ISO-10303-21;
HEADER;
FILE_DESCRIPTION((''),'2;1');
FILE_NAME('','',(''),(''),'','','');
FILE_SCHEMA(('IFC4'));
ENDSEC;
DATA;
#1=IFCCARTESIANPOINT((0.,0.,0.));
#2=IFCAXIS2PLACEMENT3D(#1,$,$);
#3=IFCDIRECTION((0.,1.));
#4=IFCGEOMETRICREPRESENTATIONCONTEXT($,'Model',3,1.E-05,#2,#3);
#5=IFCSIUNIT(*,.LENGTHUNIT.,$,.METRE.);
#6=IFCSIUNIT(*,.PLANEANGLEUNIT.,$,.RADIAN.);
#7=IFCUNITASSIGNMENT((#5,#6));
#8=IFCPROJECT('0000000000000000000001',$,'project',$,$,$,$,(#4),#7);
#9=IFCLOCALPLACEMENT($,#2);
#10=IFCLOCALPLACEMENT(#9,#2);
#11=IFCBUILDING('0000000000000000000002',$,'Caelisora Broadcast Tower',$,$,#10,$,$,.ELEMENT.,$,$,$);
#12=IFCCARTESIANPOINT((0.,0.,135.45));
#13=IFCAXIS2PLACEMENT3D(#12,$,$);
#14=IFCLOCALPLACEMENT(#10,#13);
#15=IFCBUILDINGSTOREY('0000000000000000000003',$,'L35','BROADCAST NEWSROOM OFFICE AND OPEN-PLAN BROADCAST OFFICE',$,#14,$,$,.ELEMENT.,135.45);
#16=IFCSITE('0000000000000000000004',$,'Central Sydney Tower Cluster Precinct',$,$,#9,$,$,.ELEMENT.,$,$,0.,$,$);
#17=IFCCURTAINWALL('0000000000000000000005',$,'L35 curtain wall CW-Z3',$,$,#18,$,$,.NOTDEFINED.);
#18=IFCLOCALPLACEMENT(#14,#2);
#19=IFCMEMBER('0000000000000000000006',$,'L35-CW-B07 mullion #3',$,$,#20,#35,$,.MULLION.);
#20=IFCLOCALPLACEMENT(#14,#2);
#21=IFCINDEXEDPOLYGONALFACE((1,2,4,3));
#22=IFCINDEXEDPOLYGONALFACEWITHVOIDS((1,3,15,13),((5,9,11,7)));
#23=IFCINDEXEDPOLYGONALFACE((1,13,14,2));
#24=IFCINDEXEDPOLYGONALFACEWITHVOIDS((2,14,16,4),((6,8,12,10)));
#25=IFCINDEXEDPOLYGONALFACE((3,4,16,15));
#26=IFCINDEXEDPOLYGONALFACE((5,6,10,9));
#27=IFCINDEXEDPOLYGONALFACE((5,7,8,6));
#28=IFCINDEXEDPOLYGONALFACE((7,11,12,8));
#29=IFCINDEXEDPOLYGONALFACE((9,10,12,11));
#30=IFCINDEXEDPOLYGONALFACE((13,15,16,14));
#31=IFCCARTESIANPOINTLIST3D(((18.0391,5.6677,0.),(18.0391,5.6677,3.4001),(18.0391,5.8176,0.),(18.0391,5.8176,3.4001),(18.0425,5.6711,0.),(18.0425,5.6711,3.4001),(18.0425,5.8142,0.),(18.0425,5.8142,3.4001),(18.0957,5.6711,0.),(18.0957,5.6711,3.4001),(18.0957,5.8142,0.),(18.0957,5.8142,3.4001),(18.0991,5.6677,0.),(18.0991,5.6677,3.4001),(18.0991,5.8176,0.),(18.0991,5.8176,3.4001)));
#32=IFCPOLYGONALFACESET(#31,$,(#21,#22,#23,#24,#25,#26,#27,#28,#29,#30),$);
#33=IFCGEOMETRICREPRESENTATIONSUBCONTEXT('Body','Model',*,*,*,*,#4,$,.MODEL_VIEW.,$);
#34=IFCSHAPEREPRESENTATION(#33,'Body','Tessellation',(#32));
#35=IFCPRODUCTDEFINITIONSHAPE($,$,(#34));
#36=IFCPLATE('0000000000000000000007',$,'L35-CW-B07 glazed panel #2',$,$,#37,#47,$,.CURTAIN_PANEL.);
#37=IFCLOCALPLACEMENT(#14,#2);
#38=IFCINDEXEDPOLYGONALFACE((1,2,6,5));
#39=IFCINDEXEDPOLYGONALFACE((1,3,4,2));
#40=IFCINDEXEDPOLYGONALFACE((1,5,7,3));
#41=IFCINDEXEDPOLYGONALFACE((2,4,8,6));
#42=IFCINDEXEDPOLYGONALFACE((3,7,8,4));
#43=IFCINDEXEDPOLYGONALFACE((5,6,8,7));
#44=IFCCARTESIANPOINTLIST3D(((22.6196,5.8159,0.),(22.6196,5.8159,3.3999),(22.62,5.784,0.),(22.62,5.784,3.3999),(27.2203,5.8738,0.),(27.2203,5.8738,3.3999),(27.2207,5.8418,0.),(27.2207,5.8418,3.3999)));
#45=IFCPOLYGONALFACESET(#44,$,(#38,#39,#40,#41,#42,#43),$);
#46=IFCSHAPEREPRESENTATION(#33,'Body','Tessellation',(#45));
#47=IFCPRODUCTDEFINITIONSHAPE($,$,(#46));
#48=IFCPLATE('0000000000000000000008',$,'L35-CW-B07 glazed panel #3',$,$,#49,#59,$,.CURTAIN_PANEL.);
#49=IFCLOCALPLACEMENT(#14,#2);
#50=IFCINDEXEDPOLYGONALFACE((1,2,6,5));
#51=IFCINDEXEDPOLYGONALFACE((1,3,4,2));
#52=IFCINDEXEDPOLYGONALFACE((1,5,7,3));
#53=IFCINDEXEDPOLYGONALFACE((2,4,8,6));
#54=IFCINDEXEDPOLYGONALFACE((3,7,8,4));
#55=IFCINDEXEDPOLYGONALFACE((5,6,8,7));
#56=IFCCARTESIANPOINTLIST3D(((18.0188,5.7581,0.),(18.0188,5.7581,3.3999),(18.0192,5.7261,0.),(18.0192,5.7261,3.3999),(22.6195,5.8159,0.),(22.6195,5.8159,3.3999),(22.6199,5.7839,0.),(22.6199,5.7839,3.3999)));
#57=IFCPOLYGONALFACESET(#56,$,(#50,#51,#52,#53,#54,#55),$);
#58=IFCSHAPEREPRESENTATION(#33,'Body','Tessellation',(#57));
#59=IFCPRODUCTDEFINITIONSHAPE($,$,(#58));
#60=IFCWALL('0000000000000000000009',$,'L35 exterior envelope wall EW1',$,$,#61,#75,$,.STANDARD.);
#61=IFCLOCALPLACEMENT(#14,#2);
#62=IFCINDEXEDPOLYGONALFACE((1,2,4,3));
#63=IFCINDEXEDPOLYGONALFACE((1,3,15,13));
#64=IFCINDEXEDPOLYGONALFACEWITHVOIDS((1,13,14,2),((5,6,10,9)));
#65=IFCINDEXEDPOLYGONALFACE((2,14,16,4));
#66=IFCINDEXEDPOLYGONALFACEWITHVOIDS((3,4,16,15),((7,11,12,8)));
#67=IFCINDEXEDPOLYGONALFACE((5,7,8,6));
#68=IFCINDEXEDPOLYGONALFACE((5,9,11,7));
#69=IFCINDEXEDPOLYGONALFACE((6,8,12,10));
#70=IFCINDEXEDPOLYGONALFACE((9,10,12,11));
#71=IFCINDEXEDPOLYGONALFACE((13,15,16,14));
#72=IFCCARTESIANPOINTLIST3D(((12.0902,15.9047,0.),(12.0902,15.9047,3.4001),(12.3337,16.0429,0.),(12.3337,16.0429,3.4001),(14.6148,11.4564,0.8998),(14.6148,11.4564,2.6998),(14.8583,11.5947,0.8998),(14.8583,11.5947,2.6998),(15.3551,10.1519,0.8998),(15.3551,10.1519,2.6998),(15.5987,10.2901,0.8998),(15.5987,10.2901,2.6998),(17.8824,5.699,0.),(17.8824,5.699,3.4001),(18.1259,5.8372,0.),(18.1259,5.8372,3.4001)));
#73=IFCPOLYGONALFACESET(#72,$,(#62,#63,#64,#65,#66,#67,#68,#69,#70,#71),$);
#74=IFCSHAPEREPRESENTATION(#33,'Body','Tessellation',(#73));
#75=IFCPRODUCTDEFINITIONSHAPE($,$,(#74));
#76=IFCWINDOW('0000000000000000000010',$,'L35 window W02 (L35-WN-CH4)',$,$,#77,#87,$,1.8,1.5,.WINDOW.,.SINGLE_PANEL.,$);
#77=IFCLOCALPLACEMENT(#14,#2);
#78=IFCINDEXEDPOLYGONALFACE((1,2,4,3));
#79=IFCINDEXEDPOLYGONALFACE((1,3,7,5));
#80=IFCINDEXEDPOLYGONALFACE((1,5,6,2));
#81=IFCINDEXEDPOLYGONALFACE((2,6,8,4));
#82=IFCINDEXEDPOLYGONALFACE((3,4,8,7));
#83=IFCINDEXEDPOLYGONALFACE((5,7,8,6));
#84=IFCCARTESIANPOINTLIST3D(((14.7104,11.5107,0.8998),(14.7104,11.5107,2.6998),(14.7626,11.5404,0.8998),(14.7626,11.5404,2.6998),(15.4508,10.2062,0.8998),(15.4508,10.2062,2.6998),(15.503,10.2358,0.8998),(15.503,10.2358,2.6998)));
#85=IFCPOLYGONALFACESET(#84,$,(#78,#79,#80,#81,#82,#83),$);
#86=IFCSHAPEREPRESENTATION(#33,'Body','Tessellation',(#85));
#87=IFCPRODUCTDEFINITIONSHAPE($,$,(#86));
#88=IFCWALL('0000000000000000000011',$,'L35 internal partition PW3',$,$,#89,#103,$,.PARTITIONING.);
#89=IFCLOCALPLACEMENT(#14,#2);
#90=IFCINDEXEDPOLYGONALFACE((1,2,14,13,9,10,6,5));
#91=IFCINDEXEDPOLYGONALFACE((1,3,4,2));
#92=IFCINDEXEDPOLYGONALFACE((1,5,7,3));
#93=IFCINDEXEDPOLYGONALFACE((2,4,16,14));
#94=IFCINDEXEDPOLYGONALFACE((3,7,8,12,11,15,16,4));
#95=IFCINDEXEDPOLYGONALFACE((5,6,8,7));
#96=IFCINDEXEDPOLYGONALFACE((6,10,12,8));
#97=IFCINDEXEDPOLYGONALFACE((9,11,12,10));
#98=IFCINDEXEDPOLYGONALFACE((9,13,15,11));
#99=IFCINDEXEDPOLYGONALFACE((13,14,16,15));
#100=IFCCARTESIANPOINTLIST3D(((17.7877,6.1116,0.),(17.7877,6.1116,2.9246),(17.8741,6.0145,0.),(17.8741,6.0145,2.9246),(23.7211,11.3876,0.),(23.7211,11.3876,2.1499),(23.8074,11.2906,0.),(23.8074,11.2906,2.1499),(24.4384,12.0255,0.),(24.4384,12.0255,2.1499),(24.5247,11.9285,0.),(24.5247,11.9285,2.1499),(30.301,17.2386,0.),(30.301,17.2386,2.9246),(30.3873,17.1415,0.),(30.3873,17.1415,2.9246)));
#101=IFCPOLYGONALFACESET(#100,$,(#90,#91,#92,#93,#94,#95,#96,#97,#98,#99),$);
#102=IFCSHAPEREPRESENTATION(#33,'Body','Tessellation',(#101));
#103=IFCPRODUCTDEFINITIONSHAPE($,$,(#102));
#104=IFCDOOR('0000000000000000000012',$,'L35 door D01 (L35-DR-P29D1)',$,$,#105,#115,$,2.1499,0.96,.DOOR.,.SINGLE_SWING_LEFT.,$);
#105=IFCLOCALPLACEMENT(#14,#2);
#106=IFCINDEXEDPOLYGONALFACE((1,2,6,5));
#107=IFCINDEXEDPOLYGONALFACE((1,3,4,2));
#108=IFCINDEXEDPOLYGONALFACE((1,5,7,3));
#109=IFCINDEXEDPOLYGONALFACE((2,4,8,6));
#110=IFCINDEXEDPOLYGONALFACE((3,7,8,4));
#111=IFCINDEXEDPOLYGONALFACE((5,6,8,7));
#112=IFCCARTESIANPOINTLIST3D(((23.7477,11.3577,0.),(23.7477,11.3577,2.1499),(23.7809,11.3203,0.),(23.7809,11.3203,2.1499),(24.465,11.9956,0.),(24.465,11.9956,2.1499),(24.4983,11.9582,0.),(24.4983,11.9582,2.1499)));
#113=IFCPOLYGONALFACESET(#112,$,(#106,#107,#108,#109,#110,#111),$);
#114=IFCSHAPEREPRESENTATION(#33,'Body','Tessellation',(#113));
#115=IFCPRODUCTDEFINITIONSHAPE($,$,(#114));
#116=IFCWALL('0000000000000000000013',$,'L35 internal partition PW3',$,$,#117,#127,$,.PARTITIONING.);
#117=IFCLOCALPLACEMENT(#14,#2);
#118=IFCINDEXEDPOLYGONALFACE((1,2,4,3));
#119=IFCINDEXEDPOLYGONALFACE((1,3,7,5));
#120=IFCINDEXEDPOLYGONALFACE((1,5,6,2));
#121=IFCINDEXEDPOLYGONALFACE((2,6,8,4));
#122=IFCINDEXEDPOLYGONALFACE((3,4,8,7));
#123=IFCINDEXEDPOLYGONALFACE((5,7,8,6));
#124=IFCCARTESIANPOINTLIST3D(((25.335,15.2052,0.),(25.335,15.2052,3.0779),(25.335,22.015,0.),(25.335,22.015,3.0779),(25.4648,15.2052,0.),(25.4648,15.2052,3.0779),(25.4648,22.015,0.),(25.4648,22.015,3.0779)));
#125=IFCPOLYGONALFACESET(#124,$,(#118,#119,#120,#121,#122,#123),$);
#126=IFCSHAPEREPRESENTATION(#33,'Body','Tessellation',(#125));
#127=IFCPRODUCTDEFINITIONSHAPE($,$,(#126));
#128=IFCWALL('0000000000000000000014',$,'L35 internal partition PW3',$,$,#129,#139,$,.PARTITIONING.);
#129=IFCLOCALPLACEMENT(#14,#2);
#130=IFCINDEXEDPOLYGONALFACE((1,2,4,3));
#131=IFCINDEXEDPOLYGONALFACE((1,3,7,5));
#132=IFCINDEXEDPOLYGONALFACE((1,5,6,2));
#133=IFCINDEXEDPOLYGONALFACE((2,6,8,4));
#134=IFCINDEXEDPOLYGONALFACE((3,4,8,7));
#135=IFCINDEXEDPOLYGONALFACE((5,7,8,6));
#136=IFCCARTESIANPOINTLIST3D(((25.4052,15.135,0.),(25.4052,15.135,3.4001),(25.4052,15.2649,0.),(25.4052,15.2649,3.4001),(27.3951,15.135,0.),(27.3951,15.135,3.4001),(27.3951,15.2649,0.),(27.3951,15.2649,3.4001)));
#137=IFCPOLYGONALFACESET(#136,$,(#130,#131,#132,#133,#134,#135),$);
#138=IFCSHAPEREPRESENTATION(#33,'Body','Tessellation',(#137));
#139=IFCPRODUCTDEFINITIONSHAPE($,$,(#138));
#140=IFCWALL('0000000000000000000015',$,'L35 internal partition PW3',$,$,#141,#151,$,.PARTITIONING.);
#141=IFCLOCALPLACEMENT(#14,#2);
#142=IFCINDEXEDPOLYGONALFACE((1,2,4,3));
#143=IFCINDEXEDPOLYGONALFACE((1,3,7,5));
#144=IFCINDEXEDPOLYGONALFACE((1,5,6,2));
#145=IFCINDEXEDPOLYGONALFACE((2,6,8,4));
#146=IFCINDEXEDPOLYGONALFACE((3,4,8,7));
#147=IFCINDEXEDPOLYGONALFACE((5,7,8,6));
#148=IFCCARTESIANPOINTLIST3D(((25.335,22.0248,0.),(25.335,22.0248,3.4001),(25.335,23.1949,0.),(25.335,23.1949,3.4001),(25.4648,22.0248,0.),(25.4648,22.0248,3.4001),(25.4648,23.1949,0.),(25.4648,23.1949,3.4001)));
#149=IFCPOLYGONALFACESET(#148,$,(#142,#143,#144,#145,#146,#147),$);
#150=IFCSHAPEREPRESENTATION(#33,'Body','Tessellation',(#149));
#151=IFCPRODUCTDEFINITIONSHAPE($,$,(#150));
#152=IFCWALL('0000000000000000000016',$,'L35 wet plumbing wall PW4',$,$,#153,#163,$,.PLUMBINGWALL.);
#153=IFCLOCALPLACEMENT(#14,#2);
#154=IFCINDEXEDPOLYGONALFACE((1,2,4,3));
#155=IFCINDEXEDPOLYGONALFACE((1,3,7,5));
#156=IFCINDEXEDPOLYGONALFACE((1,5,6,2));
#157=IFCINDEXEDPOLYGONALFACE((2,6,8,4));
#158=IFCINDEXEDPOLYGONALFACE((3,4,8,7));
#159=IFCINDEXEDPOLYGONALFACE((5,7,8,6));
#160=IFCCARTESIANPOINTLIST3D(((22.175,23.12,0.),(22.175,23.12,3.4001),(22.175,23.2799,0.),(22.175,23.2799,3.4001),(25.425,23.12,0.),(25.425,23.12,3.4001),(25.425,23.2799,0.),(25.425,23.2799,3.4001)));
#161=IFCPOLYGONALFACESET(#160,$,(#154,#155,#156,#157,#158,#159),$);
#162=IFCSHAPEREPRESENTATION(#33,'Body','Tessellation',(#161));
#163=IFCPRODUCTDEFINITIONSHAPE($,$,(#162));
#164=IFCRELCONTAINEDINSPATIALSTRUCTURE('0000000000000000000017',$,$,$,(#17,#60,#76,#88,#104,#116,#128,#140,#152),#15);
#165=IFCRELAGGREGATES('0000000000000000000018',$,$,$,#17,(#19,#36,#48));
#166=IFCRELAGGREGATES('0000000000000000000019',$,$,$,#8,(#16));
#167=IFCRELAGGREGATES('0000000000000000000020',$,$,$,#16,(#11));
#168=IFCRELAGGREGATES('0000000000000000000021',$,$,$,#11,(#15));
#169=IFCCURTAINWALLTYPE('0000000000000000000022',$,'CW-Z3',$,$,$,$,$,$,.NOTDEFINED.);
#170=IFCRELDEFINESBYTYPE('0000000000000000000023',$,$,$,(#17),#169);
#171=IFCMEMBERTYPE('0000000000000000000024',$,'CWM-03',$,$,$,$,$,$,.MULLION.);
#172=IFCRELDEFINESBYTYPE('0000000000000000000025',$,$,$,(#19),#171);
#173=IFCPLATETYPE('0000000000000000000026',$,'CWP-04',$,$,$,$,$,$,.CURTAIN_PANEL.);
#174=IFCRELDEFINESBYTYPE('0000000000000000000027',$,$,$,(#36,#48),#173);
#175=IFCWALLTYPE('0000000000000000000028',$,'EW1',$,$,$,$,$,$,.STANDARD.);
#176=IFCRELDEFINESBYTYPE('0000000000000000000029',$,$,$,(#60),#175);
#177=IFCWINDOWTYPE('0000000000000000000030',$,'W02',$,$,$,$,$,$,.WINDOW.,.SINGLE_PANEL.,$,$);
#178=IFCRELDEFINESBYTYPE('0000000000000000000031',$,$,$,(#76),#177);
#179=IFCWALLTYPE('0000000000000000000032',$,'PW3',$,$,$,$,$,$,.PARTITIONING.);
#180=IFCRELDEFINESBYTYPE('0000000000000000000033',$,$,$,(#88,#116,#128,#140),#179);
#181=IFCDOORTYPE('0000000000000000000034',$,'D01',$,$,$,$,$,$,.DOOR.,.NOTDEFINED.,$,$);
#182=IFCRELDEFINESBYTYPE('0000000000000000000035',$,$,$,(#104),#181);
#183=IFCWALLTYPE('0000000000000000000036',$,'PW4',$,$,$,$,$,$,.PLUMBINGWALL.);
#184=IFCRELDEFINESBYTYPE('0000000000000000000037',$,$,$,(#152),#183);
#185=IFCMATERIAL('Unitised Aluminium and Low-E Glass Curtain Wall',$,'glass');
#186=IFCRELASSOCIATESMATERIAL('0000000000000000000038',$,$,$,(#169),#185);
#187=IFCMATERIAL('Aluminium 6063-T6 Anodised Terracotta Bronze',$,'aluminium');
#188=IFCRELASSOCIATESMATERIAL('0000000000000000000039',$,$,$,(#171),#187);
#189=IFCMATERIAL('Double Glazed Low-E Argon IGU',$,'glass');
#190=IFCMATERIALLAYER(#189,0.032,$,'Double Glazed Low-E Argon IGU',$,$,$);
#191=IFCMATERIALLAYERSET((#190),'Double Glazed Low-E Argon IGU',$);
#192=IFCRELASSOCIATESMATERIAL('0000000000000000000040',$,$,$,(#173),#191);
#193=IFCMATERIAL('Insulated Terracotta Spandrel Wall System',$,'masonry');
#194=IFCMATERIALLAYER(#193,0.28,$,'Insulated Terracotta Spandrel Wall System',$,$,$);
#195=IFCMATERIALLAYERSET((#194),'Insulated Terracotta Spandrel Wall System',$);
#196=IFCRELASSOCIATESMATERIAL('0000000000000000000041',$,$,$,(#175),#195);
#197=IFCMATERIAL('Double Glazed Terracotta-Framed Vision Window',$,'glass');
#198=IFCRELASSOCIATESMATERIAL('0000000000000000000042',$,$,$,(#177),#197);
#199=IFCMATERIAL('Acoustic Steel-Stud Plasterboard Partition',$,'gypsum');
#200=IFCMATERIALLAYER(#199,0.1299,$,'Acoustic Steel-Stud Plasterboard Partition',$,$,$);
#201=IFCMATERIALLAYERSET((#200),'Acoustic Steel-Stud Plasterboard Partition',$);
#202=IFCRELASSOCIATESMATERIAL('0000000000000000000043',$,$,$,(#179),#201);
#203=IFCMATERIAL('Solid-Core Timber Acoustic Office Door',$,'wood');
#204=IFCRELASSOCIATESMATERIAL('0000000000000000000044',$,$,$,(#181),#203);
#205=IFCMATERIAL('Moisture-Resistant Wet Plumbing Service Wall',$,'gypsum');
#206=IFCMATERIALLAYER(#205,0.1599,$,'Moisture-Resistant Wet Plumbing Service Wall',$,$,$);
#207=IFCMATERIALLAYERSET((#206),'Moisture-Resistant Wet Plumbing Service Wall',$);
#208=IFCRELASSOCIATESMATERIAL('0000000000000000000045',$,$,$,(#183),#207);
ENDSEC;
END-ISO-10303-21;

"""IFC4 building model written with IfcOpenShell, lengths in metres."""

from ifc_helpers import new_model, si_unit, direction, frame, frame_2d, origin, origin_2d, place, context, subcontext, project, spatial, rectangle, hollow_rectangle, extrude, source, transform, mapped, material, layer, layer_set, material_profile, profile_set, type_object, type_shapes, element, fill, aggregate, save


model = new_model("IFC4")

# Units and contexts
model_context = context("Model", 3, precision=1e-05, world=origin(), true_north=direction((0.0, 1.0)))
body_context = subcontext(model_context, "Body", "Model", "MODEL_VIEW")
ifc_project = project(units=[si_unit("LENGTHUNIT", "METRE"), si_unit("PLANEANGLEUNIT", "RADIAN")], contexts=[model_context])

# Site, building, storey
site_placement = place(None, origin())
site = spatial("IfcSite", under=ifc_project, at=site_placement, Name="Central Sydney Tower Cluster Precinct", CompositionType="ELEMENT", RefElevation=0.0)
building_placement = place(site_placement, origin())
building = spatial("IfcBuilding", under=site, at=building_placement, Name="Caelisora Broadcast Tower", CompositionType="ELEMENT")
storey_placement = place(building_placement, frame((0.0, 0.0, 135.45)))
storey = spatial("IfcBuildingStorey", under=building, at=storey_placement, Name="L35", Description="BROADCAST NEWSROOM OFFICE AND OPEN-PLAN BROADCAST OFFICE", CompositionType="ELEMENT", Elevation=135.45)

# Curtain wall, member, plates
ifc_material_1 = material(Name="Unitised Aluminium and Low-E Glass Curtain Wall", Category="glass")
curtain_wall_type = type_object("IfcCurtainWallType", Name="CW-Z3", PredefinedType="NOTDEFINED", material=ifc_material_1)
curtain_wall_placement = place(storey_placement, origin())
curtain_wall = element("IfcCurtainWall", 1, at=curtain_wall_placement, inside=storey, type_object=curtain_wall_type, Name="L35 curtain wall CW-Z3", PredefinedType="NOTDEFINED")
ifc_material_2 = material(Name="Aluminium 6063-T6 Anodised Terracotta Bronze", Category="aluminium")
ifc_material_profile_1 = material_profile(ifc_material_2, hollow_rectangle(XDim=0.0601, YDim=0.1499, WallThickness=0.0034, at=origin_2d()), Name="Aluminium 6063-T6 Anodised Terracotta Bronze")
ifc_profile_set_1 = profile_set([ifc_material_profile_1], Name="Aluminium 6063-T6 Anodised Terracotta Bronze")
member_type = type_object("IfcMemberType", Name="CWM-03", PredefinedType="MULLION", material=ifc_profile_set_1)
shared_shape_1 = source(origin(), body_context, "Body", "SweptSolid", [
    extrude(hollow_rectangle(XDim=0.0601, YDim=0.1499, WallThickness=0.0034, at=origin_2d()), origin(), (0.0, 0.0, 1.0), 3.4001),
])
type_shapes(member_type, [shared_shape_1])
member_1_placement = place(storey_placement, frame((18.0691, 5.7427, 0.0), z_axis=(0.0, 0.0, 1.0), x_axis=(1.0, 0.0, 0.0)))
member_1 = element("IfcMember", 2, at=member_1_placement, type_object=member_type, Name="L35-CW-B07 mullion #3", PredefinedType="MULLION", context=body_context, shape_type="MappedRepresentation", body=[
    mapped(shared_shape_1, transform((0.0, 0.0, 0.0), scale=1.0)),
])
ifc_material_3 = material(Name="Double Glazed Low-E Argon IGU", Category="glass")
ifc_layer_1 = layer(ifc_material_3, 0.032, Name="Double Glazed Low-E Argon IGU")
ifc_layer_set_1 = layer_set([ifc_layer_1], Name="Double Glazed Low-E Argon IGU")
plate_type = type_object("IfcPlateType", Name="CWP-04", PredefinedType="CURTAIN_PANEL", material=ifc_layer_set_1)
shared_shape_2 = source(origin(), body_context, "Body", "SweptSolid", [
    extrude(rectangle(XDim=4.6011, YDim=0.032, at=origin_2d()), origin(), (0.0, 0.0, 1.0), 3.3999),
])
type_shapes(plate_type, [shared_shape_2])
plate_1_placement = place(storey_placement, frame((24.9202, 5.8289, 0.0), z_axis=(0.0, 0.0, 1.0), x_axis=(-0.999921, -0.012566, 0.0)))
plate_1 = element("IfcPlate", 3, at=plate_1_placement, type_object=plate_type, Name="L35-CW-B07 glazed panel #2", PredefinedType="CURTAIN_PANEL", context=body_context, shape_type="MappedRepresentation", body=[
    mapped(shared_shape_2, transform((0.0, 0.0, 0.0), scale=1.0)),
])
plate_2_placement = place(storey_placement, frame((20.3193, 5.771, 0.0), z_axis=(0.0, 0.0, 1.0), x_axis=(-0.999921, -0.012566, 0.0)))
plate_2 = element("IfcPlate", 4, at=plate_2_placement, type_object=plate_type, Name="L35-CW-B07 glazed panel #3", PredefinedType="CURTAIN_PANEL", context=body_context, shape_type="MappedRepresentation", body=[
    mapped(shared_shape_2, transform((0.0, 0.0, 0.0), scale=1.0)),
])
aggregate(curtain_wall, [member_1, plate_1, plate_2])

# Wall, opening, window
ifc_material_4 = material(Name="Insulated Terracotta Spandrel Wall System", Category="masonry")
ifc_layer_2 = layer(ifc_material_4, 0.28, Name="Insulated Terracotta Spandrel Wall System")
ifc_layer_set_2 = layer_set([ifc_layer_2], Name="Insulated Terracotta Spandrel Wall System")
wall_type_1 = type_object("IfcWallType", Name="EW1", PredefinedType="STANDARD", material=ifc_layer_set_2)
wall_1_placement = place(storey_placement, frame((18.0042, 5.7681, 0.0), z_axis=(0.0, 0.0, 1.0), x_axis=(-0.493589, 0.869695, 0.0)))
wall_1 = element("IfcWall", 5, at=wall_1_placement, inside=storey, type_object=wall_type_1, Name="L35 exterior envelope wall EW1", PredefinedType="STANDARD", context=body_context, shape_type="SweptSolid", body=[
    extrude(rectangle(XDim=11.7349, YDim=0.28, at=frame_2d((5.8674, 0.0))), origin(), (0.0, 0.0, 1.0), 3.4001),
])
opening_1_placement = place(wall_1_placement, frame((5.1201, 0.0, 0.8999)))
opening_1 = element("IfcOpeningElement", 6, at=opening_1_placement, cuts=wall_1, PredefinedType="OPENING", context=body_context, shape_type="SweptSolid", body=[
    extrude(rectangle(XDim=1.5, YDim=1.8, at=frame_2d((0.75, 0.8999))), frame((0.0, 0.1521, 0.0), z_axis=(0.0, -1.0, 0.0), x_axis=(1.0, 0.0, 0.0)), (0.0, 0.0, 1.0), 0.304),
])
ifc_material_5 = material(Name="Double Glazed Terracotta-Framed Vision Window", Category="glass")
window_type = type_object("IfcWindowType", Name="W02", PartitioningType="SINGLE_PANEL", PredefinedType="WINDOW", material=ifc_material_5)
window_placement = place(opening_1_placement, origin())
window = element("IfcWindow", 7, at=window_placement, inside=storey, type_object=window_type, Name="L35 window W02 (L35-WN-CH4)", OverallHeight=1.8, OverallWidth=1.5, PartitioningType="SINGLE_PANEL", PredefinedType="WINDOW", context=body_context, shape_type="SweptSolid", body=[
    extrude(rectangle(XDim=1.5, YDim=1.8, at=frame_2d((0.75, 0.8999))), frame((0.0, 0.03, 0.0), z_axis=(0.0, -1.0, 0.0), x_axis=(1.0, 0.0, 0.0)), (0.0, 0.0, 1.0), 0.0601),
])
fill(opening_1, window)

# Wall, opening, door
ifc_material_6 = material(Name="Acoustic Steel-Stud Plasterboard Partition", Category="gypsum")
ifc_layer_3 = layer(ifc_material_6, 0.1299, Name="Acoustic Steel-Stud Plasterboard Partition")
ifc_layer_set_3 = layer_set([ifc_layer_3], Name="Acoustic Steel-Stud Plasterboard Partition")
wall_type_2 = type_object("IfcWallType", Name="PW3", PredefinedType="PARTITIONING", material=ifc_layer_set_3)
wall_2_placement = place(storey_placement, frame((17.8308, 6.063, 0.0), z_axis=(0.0, 0.0, 1.0), x_axis=(0.747287, 0.664501, 0.0)))
wall_2 = element("IfcWall", 8, at=wall_2_placement, inside=storey, type_object=wall_type_2, Name="L35 internal partition PW3", PredefinedType="PARTITIONING", context=body_context, shape_type="SweptSolid", body=[
    extrude(rectangle(XDim=16.7449, YDim=0.1299, at=frame_2d((8.3726, 0.0))), origin(), (0.0, 0.0, 1.0), 2.9246),
])
opening_2_placement = place(wall_2_placement, frame((7.9399, 0.0, 0.0)))
opening_2 = element("IfcOpeningElement", 9, at=opening_2_placement, cuts=wall_2, PredefinedType="OPENING", context=body_context, shape_type="SweptSolid", body=[
    extrude(rectangle(XDim=0.96, YDim=2.1499, at=frame_2d((0.48, 1.075))), frame((0.0, 0.0769, 0.0), z_axis=(0.0, -1.0, 0.0), x_axis=(1.0, 0.0, 0.0)), (0.0, 0.0, 1.0), 0.1538),
])
ifc_material_7 = material(Name="Solid-Core Timber Acoustic Office Door", Category="wood")
door_type_1 = type_object("IfcDoorType", Name="D01", OperationType="NOTDEFINED", PredefinedType="DOOR", material=ifc_material_7)
door_1_placement = place(opening_2_placement, origin())
door_1 = element("IfcDoor", 10, at=door_1_placement, inside=storey, type_object=door_type_1, Name="L35 door D01 (L35-DR-P29D1)", OperationType="SINGLE_SWING_LEFT", OverallHeight=2.1499, OverallWidth=0.96, PredefinedType="DOOR", context=body_context, shape_type="SweptSolid", body=[
    extrude(rectangle(XDim=0.96, YDim=2.1499, at=frame_2d((0.48, 1.075))), frame((0.0, 0.0249, 0.0), z_axis=(0.0, -1.0, 0.0), x_axis=(1.0, 0.0, 0.0)), (0.0, 0.0, 1.0), 0.05),
])
fill(opening_2, door_1)

# Walls
wall_3_placement = place(storey_placement, frame((25.3999, 22.0149, 0.0), z_axis=(0.0, 0.0, 1.0), x_axis=(0.0, -1.0, 0.0)))
element("IfcWall", 11, at=wall_3_placement, inside=storey, type_object=wall_type_2, Name="L35 internal partition PW3", PredefinedType="PARTITIONING", context=body_context, shape_type="SweptSolid", body=[
    extrude(rectangle(XDim=6.8098, YDim=0.1299, at=frame_2d((3.4048, 0.0))), origin(), (0.0, 0.0, 1.0), 3.0779),
])
wall_4_placement = place(storey_placement, frame((25.405, 15.2, 0.0), z_axis=(0.0, 0.0, 1.0), x_axis=(1.0, 0.0, 0.0)))
element("IfcWall", 12, at=wall_4_placement, inside=storey, type_object=wall_type_2, Name="L35 internal partition PW3", PredefinedType="PARTITIONING", context=body_context, shape_type="SweptSolid", body=[
    extrude(rectangle(XDim=1.99, YDim=0.1299, at=frame_2d((0.9951, 0.0))), origin(), (0.0, 0.0, 1.0), 3.4001),
])
wall_5_placement = place(storey_placement, frame((25.3999, 22.0249, 0.0), z_axis=(0.0, 0.0, 1.0), x_axis=(0.0, 1.0, 0.0)))
element("IfcWall", 13, at=wall_5_placement, inside=storey, type_object=wall_type_2, Name="L35 internal partition PW3", PredefinedType="PARTITIONING", context=body_context, shape_type="SweptSolid", body=[
    extrude(rectangle(XDim=1.1702, YDim=0.1299, at=frame_2d((0.585, 0.0))), origin(), (0.0, 0.0, 1.0), 3.4001),
])
ifc_material_8 = material(Name="Moisture-Resistant Wet Plumbing Service Wall", Category="gypsum")
ifc_layer_4 = layer(ifc_material_8, 0.1599, Name="Moisture-Resistant Wet Plumbing Service Wall")
ifc_layer_set_4 = layer_set([ifc_layer_4], Name="Moisture-Resistant Wet Plumbing Service Wall")
wall_type_3 = type_object("IfcWallType", Name="PW4", PredefinedType="PLUMBINGWALL", material=ifc_layer_set_4)
wall_6_placement = place(storey_placement, frame((22.175, 23.2, 0.0), z_axis=(0.0, 0.0, 1.0), x_axis=(1.0, 0.0, 0.0)))
element("IfcWall", 14, at=wall_6_placement, inside=storey, type_object=wall_type_3, Name="L35 wet plumbing wall PW4", PredefinedType="PLUMBINGWALL", context=body_context, shape_type="SweptSolid", body=[
    extrude(rectangle(XDim=3.25, YDim=0.1599, at=frame_2d((1.625, 0.0))), origin(), (0.0, 0.0, 1.0), 3.4001),
])

save(model, "model.ifc")
